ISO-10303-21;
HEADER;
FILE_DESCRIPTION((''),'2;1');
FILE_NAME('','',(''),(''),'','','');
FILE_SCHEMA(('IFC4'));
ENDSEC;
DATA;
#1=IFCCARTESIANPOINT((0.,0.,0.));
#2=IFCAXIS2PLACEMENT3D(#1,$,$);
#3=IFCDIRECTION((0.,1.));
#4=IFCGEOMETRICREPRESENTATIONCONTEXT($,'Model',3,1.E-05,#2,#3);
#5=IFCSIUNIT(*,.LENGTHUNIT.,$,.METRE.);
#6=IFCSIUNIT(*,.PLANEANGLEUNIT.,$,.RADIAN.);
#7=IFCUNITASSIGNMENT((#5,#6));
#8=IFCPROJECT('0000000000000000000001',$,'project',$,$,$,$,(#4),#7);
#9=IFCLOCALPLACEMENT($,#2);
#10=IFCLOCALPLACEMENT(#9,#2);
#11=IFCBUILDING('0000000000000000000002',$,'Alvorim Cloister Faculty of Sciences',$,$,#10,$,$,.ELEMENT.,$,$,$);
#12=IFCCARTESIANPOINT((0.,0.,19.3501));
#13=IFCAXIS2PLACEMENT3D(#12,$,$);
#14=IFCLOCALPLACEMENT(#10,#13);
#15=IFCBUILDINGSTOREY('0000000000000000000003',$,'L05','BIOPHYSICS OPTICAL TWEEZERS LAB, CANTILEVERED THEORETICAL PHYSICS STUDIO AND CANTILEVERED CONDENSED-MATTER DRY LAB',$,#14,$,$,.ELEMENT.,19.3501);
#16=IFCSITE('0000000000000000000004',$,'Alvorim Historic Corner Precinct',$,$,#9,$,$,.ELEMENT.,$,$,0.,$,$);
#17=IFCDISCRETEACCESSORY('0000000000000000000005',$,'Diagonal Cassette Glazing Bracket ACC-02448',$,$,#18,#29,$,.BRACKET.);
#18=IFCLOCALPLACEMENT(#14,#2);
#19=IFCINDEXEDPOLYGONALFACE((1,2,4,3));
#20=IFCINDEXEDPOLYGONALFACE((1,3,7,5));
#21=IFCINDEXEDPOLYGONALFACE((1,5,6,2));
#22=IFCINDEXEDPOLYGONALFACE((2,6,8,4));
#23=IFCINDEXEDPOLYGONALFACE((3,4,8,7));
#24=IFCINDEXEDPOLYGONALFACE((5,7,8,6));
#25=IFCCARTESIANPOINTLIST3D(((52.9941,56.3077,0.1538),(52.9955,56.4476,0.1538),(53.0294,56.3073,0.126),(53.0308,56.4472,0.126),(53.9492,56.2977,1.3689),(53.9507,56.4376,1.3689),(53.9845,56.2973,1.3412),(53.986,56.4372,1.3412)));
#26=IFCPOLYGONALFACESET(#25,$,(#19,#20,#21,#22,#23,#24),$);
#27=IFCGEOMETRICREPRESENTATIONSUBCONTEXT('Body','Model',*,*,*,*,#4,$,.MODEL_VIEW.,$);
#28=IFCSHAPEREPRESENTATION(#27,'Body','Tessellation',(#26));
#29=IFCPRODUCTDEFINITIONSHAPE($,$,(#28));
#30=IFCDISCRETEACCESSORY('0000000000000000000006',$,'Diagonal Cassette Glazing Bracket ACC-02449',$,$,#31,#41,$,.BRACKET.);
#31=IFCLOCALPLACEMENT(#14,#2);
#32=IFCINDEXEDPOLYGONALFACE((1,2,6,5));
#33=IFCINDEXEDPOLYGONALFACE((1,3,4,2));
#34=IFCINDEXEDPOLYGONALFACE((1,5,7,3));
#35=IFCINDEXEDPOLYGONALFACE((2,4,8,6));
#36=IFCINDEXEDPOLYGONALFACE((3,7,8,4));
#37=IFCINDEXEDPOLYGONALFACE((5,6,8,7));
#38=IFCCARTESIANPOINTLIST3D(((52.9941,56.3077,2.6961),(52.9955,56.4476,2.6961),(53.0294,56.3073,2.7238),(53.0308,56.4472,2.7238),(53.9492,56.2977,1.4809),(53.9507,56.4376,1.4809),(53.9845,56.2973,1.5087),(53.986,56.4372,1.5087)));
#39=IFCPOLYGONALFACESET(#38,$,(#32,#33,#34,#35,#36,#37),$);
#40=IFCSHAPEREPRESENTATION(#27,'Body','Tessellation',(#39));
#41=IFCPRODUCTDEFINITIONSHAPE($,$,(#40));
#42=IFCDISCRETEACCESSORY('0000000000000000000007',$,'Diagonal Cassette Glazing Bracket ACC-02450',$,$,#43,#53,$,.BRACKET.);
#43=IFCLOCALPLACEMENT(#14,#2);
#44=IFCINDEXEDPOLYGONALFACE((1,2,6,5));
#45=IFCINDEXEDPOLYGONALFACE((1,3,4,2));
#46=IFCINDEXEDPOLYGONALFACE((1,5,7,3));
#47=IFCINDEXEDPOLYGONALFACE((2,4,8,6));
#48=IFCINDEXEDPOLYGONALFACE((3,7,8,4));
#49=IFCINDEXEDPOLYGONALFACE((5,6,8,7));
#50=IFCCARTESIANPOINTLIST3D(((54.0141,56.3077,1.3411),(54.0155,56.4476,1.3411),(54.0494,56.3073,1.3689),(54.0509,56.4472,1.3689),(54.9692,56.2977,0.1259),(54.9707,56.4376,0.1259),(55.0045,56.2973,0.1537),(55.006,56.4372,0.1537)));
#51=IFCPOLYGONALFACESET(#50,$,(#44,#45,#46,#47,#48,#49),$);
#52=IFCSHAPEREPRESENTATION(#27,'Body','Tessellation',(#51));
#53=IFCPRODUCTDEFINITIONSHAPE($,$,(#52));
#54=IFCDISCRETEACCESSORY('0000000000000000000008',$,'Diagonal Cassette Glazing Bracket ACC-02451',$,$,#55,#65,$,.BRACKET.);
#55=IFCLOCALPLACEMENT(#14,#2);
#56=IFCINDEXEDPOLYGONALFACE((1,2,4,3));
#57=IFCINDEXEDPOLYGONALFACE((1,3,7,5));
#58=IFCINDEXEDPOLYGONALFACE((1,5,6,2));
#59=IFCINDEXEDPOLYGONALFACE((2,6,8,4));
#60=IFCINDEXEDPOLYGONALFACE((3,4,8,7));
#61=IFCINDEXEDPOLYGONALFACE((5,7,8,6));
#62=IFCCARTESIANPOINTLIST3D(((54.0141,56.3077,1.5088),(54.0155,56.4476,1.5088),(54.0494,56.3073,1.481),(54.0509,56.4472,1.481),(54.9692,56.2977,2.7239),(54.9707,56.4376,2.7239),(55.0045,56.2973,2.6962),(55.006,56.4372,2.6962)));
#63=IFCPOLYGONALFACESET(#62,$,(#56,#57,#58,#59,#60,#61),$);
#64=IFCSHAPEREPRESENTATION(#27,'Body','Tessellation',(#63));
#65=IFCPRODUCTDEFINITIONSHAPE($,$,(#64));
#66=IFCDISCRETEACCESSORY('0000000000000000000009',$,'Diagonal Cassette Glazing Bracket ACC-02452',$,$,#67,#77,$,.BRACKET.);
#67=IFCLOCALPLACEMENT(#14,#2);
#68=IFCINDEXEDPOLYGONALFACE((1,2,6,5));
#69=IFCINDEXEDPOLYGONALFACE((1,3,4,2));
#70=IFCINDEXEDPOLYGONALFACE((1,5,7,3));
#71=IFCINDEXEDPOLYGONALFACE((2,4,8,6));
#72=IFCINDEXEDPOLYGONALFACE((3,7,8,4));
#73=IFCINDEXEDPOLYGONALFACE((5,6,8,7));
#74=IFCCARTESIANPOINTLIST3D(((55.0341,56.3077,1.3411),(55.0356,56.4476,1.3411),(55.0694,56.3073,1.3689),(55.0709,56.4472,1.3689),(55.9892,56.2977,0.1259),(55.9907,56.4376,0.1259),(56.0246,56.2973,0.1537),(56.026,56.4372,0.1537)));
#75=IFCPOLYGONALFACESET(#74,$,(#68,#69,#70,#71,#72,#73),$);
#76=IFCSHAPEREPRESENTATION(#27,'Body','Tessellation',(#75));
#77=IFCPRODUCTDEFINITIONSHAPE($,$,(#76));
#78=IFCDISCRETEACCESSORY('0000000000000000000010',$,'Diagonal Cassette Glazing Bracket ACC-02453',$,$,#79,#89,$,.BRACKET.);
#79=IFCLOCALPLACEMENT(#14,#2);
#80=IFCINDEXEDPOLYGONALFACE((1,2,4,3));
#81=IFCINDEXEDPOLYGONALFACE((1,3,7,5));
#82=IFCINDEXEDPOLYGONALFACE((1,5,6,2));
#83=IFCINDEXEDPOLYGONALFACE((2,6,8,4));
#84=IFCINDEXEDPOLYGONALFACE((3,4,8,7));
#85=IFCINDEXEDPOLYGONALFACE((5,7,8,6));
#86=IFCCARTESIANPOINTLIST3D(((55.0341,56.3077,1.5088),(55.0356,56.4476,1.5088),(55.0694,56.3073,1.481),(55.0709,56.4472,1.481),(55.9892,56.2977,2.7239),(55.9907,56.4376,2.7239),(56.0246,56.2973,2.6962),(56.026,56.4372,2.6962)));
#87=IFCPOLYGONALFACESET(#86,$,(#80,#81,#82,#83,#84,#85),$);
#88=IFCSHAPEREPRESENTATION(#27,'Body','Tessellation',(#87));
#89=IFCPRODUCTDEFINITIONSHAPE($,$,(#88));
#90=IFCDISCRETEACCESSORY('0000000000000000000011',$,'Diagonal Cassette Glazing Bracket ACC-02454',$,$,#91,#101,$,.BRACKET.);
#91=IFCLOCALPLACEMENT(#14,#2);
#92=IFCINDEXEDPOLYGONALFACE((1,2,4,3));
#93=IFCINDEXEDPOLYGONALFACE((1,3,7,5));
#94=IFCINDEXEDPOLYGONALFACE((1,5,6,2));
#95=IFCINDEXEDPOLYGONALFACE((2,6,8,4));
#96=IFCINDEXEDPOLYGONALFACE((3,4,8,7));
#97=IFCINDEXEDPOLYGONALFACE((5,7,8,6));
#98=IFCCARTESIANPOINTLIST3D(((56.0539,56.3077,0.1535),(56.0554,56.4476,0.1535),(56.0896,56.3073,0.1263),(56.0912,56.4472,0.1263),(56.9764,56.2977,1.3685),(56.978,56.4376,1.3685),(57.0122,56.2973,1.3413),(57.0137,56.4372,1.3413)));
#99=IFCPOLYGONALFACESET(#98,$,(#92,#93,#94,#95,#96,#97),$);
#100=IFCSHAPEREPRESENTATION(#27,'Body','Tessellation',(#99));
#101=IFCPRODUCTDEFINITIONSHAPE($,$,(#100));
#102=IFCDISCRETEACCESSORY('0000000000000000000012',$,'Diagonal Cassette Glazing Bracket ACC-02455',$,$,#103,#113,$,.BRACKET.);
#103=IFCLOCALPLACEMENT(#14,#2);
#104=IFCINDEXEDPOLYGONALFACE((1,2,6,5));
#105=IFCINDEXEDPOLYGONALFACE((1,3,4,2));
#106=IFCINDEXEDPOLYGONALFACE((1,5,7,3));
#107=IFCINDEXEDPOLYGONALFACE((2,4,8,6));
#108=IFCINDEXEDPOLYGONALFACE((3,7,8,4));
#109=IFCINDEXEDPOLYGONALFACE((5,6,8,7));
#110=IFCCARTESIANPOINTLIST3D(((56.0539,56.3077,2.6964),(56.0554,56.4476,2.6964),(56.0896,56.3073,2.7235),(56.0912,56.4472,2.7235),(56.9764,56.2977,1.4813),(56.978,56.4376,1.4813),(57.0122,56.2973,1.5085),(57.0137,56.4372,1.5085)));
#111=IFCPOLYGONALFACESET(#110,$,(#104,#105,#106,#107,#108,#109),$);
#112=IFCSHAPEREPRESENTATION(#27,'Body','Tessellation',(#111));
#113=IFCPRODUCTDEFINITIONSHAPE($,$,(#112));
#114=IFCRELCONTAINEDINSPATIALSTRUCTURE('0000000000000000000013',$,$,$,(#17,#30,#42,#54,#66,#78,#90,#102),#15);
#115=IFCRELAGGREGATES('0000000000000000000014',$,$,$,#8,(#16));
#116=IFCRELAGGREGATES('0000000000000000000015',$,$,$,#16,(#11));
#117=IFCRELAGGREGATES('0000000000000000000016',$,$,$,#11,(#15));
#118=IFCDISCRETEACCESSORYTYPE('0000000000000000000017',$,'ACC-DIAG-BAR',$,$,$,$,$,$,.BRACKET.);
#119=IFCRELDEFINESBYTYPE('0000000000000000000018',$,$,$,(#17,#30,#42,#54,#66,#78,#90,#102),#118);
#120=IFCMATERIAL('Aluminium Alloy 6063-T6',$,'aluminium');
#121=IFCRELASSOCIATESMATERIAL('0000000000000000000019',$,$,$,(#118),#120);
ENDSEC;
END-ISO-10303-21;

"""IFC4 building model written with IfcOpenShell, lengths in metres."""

from ifc_helpers import new_model, si_unit, direction, frame, origin, origin_2d, place, context, subcontext, project, spatial, rectangle, extrude, material, type_object, element, save


model = new_model("IFC4")

# Units and contexts
model_context = context("Model", 3, precision=1e-05, world=origin(), true_north=direction((0.0, 1.0)))
body_context = subcontext(model_context, "Body", "Model", "MODEL_VIEW")
ifc_project = project(units=[si_unit("LENGTHUNIT", "METRE"), si_unit("PLANEANGLEUNIT", "RADIAN")], contexts=[model_context])

# Site, building, storey
site_placement = place(None, origin())
site = spatial("IfcSite", under=ifc_project, at=site_placement, Name="Alvorim Historic Corner Precinct", CompositionType="ELEMENT", RefElevation=0.0)
building_placement = place(site_placement, origin())
building = spatial("IfcBuilding", under=site, at=building_placement, Name="Alvorim Cloister Faculty of Sciences", CompositionType="ELEMENT")
storey_placement = place(building_placement, frame((0.0, 0.0, 19.3501)))
storey = spatial("IfcBuildingStorey", under=building, at=storey_placement, Name="L05", Description="BIOPHYSICS OPTICAL TWEEZERS LAB, CANTILEVERED THEORETICAL PHYSICS STUDIO AND CANTILEVERED CONDENSED-MATTER DRY LAB", CompositionType="ELEMENT", Elevation=19.3501)

# Shared definitions
ifc_material_1 = material(Name="Aluminium Alloy 6063-T6", Category="aluminium")

# Discrete accessories
discrete_accessory_type = type_object("IfcDiscreteAccessoryType", Name="ACC-DIAG-BAR", PredefinedType="BRACKET", material=ifc_material_1)
for number, where, z_axis, x_axis, name in (
    (1, (53.0125, 56.3774, 0.1399), (0.617955, -0.006477, 0.786187), (0.01048, 0.999945, 0.0), "Diagonal Cassette Glazing Bracket ACC-02448"),
    (2, (53.0125, 56.3774, 2.71), (0.617955, -0.006477, -0.786187), (0.01048, 0.999945, 0.0), "Diagonal Cassette Glazing Bracket ACC-02449"),
    (3, (54.0325, 56.3774, 1.355), (0.617955, -0.006477, -0.786187), (0.01048, 0.999945, 0.0), "Diagonal Cassette Glazing Bracket ACC-02450"),
    (4, (54.0325, 56.3774, 1.4949), (0.617955, -0.006477, 0.786187), (0.01048, 0.999945, 0.0), "Diagonal Cassette Glazing Bracket ACC-02451"),
    (5, (55.0525, 56.3774, 1.355), (0.617955, -0.006477, -0.786187), (0.01048, 0.999945, 0.0), "Diagonal Cassette Glazing Bracket ACC-02452"),
    (6, (55.0525, 56.3774, 1.4949), (0.617955, -0.006477, 0.786187), (0.01048, 0.999945, 0.0), "Diagonal Cassette Glazing Bracket ACC-02453"),
):
    element("IfcDiscreteAccessory", number, at=place(storey_placement, frame(where, z_axis=z_axis, x_axis=x_axis)), inside=storey, type_object=discrete_accessory_type, Name=name, PredefinedType="BRACKET", context=body_context, shape_type="SweptSolid", body=[
        extrude(rectangle(XDim=0.1399, YDim=0.0449, at=origin_2d()), origin(), (0.0, 0.0, 1.0), 1.5457),
    ])
for number, where, z_axis, x_axis, name in (
    (7, (56.0725, 56.3774, 0.1399), (0.604713, -0.006561, 0.796416), (0.010849, 0.999941, 0.0), "Diagonal Cassette Glazing Bracket ACC-02454"),
    (8, (56.0725, 56.3774, 2.71), (0.604713, -0.006561, -0.796416), (0.010849, 0.999941, 0.0), "Diagonal Cassette Glazing Bracket ACC-02455"),
):
    element("IfcDiscreteAccessory", number, at=place(storey_placement, frame(where, z_axis=z_axis, x_axis=x_axis)), inside=storey, type_object=discrete_accessory_type, Name=name, PredefinedType="BRACKET", context=body_context, shape_type="SweptSolid", body=[
        extrude(rectangle(XDim=0.1399, YDim=0.0449, at=origin_2d()), origin(), (0.0, 0.0, 1.0), 1.5256),
    ])

save(model, "model.ifc")
